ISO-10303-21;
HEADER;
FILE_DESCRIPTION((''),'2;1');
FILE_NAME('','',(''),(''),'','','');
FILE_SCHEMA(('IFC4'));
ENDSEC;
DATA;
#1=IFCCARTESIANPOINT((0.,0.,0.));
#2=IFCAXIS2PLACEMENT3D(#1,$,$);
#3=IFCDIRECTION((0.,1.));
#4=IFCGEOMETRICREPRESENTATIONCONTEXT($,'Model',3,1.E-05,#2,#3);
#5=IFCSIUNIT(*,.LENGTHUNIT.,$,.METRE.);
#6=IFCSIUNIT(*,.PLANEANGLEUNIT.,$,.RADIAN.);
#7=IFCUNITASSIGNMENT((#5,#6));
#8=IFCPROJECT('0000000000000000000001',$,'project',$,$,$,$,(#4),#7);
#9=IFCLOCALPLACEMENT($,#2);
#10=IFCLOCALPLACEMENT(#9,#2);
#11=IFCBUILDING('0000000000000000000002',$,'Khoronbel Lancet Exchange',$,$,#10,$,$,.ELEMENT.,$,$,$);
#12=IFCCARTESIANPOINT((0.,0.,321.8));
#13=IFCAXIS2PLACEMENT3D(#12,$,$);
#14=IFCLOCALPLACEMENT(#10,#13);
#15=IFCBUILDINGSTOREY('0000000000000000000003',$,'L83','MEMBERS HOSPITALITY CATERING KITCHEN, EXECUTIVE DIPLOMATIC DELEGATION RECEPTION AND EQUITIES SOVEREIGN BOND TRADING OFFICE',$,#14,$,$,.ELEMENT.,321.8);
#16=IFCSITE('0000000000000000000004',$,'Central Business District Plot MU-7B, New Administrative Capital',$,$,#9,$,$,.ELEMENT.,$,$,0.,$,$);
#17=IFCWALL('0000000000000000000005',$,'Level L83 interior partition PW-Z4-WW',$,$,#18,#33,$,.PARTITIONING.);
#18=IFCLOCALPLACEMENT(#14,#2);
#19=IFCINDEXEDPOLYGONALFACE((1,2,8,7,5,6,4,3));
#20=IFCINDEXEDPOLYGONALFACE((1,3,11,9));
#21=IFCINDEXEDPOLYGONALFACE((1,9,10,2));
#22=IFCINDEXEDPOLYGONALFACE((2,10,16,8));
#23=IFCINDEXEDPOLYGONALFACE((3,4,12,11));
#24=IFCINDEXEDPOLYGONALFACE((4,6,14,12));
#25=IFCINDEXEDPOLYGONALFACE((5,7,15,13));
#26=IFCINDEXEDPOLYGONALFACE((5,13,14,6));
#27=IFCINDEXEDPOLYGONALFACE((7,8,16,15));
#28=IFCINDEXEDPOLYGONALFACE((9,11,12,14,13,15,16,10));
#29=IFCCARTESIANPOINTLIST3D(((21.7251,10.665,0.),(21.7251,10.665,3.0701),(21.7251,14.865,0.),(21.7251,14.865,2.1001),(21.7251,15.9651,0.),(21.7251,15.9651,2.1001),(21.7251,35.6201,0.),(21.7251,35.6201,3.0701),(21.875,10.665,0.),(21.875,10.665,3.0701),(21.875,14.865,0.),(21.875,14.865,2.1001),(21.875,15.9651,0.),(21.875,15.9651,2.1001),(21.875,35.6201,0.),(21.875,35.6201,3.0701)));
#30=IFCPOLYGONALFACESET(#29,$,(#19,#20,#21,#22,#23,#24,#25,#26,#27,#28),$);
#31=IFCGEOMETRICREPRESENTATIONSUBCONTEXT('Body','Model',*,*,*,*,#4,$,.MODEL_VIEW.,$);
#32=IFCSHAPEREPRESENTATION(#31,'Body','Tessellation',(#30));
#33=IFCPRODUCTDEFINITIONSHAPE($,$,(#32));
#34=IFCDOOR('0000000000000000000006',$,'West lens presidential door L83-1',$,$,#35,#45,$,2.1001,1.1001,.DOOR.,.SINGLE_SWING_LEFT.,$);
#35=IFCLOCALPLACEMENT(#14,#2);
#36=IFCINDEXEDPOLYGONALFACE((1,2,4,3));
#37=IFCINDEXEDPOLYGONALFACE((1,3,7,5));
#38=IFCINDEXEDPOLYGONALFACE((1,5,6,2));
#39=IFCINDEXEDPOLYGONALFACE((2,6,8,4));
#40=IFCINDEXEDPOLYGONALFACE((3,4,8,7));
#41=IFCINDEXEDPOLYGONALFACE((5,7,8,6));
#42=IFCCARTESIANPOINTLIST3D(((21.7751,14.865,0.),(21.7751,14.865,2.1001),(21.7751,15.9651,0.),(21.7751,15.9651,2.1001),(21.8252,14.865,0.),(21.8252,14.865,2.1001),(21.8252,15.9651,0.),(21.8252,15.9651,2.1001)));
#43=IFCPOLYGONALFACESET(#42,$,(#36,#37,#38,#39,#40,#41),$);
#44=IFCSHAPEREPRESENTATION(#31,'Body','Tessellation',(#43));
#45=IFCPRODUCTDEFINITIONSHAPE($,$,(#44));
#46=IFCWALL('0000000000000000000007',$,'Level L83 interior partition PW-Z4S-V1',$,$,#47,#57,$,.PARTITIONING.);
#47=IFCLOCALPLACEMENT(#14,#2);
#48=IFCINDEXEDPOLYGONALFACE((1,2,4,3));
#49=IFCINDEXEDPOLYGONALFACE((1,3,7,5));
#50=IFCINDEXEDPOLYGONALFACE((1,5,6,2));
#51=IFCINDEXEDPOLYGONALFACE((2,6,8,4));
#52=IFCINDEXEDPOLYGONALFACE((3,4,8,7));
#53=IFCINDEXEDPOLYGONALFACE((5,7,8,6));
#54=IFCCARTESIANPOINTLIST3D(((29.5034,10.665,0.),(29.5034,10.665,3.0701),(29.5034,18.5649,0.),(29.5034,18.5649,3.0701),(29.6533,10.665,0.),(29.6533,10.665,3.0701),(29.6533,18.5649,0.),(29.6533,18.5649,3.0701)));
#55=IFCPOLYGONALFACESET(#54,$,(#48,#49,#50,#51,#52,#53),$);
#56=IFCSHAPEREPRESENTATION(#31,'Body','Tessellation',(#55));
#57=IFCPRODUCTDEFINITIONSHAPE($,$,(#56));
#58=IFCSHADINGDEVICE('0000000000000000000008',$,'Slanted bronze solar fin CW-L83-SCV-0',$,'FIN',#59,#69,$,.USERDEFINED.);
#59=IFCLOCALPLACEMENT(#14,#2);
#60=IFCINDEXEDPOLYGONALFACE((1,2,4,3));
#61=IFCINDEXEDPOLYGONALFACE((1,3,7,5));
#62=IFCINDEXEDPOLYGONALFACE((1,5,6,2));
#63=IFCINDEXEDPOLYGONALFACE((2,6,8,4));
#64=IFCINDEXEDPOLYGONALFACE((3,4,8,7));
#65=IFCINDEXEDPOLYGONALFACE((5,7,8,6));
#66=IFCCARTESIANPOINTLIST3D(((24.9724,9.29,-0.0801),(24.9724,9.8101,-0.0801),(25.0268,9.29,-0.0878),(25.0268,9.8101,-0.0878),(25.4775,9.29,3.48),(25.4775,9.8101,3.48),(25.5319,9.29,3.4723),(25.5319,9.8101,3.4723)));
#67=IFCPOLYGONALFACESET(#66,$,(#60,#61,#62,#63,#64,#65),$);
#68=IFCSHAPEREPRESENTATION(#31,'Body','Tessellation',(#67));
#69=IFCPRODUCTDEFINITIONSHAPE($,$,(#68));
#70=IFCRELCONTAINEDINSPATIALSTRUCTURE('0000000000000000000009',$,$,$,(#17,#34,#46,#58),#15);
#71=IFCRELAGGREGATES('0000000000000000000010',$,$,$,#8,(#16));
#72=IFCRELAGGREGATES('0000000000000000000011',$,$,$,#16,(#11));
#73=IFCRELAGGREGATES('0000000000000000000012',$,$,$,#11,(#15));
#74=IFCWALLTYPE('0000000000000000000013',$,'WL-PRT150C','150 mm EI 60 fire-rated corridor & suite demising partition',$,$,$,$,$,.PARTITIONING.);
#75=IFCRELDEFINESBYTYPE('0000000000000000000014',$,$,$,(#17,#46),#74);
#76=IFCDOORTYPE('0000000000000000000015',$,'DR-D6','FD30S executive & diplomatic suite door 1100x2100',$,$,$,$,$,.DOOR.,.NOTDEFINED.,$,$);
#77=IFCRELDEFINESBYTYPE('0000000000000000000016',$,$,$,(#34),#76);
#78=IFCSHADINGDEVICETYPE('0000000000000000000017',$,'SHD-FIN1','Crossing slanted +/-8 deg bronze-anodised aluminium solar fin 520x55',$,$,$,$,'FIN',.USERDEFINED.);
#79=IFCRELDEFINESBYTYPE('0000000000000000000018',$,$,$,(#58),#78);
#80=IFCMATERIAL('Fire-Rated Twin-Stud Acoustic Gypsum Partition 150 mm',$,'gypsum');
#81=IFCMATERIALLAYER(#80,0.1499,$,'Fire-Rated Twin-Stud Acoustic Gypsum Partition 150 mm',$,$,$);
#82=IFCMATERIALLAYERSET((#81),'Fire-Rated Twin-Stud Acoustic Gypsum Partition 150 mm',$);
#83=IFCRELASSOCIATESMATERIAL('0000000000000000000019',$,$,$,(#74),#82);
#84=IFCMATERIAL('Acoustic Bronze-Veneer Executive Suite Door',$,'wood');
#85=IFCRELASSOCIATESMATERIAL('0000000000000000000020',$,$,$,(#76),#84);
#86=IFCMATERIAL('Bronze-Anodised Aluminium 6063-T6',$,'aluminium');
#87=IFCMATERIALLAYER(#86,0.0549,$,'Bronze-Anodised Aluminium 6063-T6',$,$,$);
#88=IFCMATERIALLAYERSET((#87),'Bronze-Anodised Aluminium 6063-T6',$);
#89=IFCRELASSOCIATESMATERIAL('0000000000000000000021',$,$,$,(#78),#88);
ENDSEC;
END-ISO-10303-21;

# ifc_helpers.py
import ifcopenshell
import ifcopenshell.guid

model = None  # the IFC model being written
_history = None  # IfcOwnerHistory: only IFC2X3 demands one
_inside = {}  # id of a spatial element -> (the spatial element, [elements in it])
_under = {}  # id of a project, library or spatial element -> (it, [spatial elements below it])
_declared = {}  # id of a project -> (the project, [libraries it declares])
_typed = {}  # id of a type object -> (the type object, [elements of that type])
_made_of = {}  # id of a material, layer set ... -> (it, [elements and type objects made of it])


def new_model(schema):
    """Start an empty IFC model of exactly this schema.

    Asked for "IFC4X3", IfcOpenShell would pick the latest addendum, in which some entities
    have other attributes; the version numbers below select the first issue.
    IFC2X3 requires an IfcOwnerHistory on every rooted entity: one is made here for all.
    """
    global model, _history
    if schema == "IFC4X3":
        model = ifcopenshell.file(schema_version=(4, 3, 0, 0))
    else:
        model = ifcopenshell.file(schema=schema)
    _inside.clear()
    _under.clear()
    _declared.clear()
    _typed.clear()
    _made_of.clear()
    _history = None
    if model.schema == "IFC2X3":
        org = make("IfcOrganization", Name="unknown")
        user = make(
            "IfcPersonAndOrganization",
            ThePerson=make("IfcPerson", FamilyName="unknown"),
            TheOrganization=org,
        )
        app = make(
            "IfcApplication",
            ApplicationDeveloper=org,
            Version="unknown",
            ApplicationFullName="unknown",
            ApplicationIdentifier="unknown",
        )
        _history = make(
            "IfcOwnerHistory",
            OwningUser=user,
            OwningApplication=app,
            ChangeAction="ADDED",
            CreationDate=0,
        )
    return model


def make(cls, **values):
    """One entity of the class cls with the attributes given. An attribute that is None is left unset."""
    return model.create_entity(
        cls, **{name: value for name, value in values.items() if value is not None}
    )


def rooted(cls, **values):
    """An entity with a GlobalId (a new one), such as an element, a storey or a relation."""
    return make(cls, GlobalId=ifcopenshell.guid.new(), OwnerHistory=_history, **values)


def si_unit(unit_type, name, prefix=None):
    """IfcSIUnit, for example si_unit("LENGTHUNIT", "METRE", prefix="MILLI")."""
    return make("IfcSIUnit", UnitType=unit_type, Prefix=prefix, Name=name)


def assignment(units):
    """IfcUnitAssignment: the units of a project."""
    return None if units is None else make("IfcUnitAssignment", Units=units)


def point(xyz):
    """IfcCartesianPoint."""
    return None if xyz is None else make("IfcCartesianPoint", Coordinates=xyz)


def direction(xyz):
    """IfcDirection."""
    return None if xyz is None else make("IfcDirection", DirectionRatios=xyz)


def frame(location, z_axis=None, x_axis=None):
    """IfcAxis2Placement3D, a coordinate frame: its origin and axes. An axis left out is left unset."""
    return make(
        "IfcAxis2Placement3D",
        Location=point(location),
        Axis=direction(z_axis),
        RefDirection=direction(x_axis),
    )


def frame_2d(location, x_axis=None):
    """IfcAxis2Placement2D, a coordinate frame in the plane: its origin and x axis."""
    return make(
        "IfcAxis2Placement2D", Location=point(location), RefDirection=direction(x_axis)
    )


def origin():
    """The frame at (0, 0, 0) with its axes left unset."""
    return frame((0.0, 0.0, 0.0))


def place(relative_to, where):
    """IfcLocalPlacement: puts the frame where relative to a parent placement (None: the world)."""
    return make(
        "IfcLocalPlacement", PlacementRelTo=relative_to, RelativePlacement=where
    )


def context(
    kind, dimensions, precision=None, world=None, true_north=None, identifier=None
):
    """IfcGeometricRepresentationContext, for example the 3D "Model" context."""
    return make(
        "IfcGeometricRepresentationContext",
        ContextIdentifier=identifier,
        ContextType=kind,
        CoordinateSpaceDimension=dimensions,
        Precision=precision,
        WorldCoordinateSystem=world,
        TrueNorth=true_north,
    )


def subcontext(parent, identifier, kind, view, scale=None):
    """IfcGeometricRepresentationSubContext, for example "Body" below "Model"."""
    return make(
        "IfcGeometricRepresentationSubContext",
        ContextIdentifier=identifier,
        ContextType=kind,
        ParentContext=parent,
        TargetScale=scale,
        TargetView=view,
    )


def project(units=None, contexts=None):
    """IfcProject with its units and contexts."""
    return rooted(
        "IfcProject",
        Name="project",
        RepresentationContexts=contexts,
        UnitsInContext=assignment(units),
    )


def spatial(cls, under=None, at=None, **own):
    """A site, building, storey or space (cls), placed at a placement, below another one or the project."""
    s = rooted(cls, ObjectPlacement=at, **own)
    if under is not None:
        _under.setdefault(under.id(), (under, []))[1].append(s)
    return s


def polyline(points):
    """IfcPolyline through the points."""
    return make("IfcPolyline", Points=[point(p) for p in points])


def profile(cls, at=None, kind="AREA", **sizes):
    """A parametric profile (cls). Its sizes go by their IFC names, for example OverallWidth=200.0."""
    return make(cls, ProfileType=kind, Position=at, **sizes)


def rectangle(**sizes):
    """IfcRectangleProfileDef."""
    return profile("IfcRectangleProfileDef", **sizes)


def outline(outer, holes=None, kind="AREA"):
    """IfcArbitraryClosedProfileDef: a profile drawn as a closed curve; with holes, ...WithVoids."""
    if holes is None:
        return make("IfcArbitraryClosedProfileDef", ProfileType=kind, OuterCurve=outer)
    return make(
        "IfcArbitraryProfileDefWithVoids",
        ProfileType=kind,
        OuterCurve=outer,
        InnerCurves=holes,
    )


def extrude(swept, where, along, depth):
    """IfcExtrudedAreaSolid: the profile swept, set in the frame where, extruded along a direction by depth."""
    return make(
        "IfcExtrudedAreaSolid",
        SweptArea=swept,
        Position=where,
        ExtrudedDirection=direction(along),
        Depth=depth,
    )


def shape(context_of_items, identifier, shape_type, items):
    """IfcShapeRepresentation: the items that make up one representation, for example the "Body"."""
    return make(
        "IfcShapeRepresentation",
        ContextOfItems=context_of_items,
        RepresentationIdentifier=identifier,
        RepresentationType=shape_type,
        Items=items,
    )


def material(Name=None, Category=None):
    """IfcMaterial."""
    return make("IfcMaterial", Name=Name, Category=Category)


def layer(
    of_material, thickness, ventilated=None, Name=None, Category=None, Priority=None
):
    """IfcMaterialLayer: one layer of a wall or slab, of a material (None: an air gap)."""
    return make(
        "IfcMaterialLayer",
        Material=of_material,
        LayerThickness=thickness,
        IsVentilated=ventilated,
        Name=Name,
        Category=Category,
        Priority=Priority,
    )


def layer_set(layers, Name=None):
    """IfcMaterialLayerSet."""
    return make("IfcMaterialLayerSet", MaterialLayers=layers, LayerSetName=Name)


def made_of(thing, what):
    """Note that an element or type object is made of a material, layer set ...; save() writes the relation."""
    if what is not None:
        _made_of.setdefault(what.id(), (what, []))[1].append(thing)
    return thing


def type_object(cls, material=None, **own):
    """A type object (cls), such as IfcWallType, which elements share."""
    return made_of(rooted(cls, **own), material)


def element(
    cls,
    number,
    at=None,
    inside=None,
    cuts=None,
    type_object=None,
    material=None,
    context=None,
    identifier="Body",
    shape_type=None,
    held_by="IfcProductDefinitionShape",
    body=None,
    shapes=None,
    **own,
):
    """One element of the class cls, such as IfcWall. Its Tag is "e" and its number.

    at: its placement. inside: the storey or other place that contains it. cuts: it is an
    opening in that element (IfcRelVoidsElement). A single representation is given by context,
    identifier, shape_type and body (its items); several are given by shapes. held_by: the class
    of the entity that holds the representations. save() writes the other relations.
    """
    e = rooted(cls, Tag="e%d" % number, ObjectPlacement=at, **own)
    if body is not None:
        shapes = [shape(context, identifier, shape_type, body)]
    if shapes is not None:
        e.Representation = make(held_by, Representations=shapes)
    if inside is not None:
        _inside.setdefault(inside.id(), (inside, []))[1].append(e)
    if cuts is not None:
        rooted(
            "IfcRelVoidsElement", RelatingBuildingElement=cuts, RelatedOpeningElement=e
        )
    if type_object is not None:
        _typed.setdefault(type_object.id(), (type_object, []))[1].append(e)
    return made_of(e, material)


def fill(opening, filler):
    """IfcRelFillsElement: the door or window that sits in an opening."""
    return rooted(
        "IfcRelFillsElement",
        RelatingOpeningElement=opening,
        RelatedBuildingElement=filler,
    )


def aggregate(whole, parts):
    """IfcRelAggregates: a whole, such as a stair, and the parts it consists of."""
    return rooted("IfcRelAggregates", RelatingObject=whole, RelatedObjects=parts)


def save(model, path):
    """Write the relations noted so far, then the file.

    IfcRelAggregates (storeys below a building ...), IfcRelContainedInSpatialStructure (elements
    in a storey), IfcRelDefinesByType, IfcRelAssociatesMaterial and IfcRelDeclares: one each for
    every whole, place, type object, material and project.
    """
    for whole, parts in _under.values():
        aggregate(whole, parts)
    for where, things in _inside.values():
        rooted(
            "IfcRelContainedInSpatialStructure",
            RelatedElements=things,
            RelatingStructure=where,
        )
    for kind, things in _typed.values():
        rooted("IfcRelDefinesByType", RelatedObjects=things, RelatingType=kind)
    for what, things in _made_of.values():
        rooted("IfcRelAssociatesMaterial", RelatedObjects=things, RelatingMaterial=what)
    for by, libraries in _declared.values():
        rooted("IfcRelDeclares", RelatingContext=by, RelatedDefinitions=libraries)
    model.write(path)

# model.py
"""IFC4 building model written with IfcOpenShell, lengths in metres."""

from ifc_helpers import new_model, si_unit, direction, frame, frame_2d, origin, place, context, subcontext, project, spatial, polyline, rectangle, outline, extrude, material, layer, layer_set, type_object, element, fill, save


model = new_model("IFC4")

# Units and contexts
model_context = context("Model", 3, precision=1e-05, world=origin(), true_north=direction((0.0, 1.0)))
body_context = subcontext(model_context, "Body", "Model", "MODEL_VIEW")
ifc_project = project(units=[si_unit("LENGTHUNIT", "METRE"), si_unit("PLANEANGLEUNIT", "RADIAN")], contexts=[model_context])

# Site, building, storey
site_placement = place(None, origin())
site = spatial("IfcSite", under=ifc_project, at=site_placement, Name="Central Business District Plot MU-7B, New Administrative Capital", CompositionType="ELEMENT", RefElevation=0.0)
building_placement = place(site_placement, origin())
building = spatial("IfcBuilding", under=site, at=building_placement, Name="Khoronbel Lancet Exchange", CompositionType="ELEMENT")
storey_placement = place(building_placement, frame((0.0, 0.0, 321.8)))
storey = spatial("IfcBuildingStorey", under=building, at=storey_placement, Name="L83", Description="MEMBERS HOSPITALITY CATERING KITCHEN, EXECUTIVE DIPLOMATIC DELEGATION RECEPTION AND EQUITIES SOVEREIGN BOND TRADING OFFICE", CompositionType="ELEMENT", Elevation=321.8)

# Shared definitions
ifc_material_1 = material(Name="Bronze-Anodised Aluminium 6063-T6", Category="aluminium")

# Wall, opening, door
ifc_material_2 = material(Name="Fire-Rated Twin-Stud Acoustic Gypsum Partition 150 mm", Category="gypsum")
ifc_layer_1 = layer(ifc_material_2, 0.1499, Name="Fire-Rated Twin-Stud Acoustic Gypsum Partition 150 mm")
ifc_layer_set_1 = layer_set([ifc_layer_1], Name="Fire-Rated Twin-Stud Acoustic Gypsum Partition 150 mm")
wall_type = type_object("IfcWallType", Name="WL-PRT150C", Description="150 mm EI 60 fire-rated corridor & suite demising partition", PredefinedType="PARTITIONING", material=ifc_layer_set_1)
wall_1_placement = place(storey_placement, frame((21.8, 10.665, 0.0), z_axis=(0.0, 0.0, 1.0), x_axis=(0.0, 1.0, 0.0)))
wall_1 = element("IfcWall", 1, at=wall_1_placement, inside=storey, type_object=wall_type, Name="Level L83 interior partition PW-Z4-WW", PredefinedType="PARTITIONING", context=body_context, shape_type="SweptSolid", body=[
    extrude(rectangle(XDim=24.9551, YDim=0.1499, at=frame_2d((12.4775, 0.0))), origin(), (0.0, 0.0, 1.0), 3.0701),
])
opening_placement = place(wall_1_placement, frame((4.2, 0.0, 0.0)))
opening = element("IfcOpeningElement", 2, at=opening_placement, cuts=wall_1, PredefinedType="OPENING", context=body_context, shape_type="SweptSolid", body=[
    extrude(rectangle(XDim=1.1001, YDim=2.1001, at=frame_2d((0.55, 1.05))), frame((0.0, 0.085, 0.0), z_axis=(0.0, -1.0, 0.0), x_axis=(1.0, 0.0, 0.0)), (0.0, 0.0, 1.0), 0.1699),
])
ifc_material_3 = material(Name="Acoustic Bronze-Veneer Executive Suite Door", Category="wood")
door_type = type_object("IfcDoorType", Name="DR-D6", Description="FD30S executive & diplomatic suite door 1100x2100", OperationType="NOTDEFINED", PredefinedType="DOOR", material=ifc_material_3)
door_placement = place(opening_placement, origin())
door = element("IfcDoor", 3, at=door_placement, inside=storey, type_object=door_type, Name="West lens presidential door L83-1", OperationType="SINGLE_SWING_LEFT", OverallHeight=2.1001, OverallWidth=1.1001, PredefinedType="DOOR", context=body_context, shape_type="SweptSolid", body=[
    extrude(rectangle(XDim=1.1001, YDim=2.1001, at=frame_2d((0.55, 1.05))), frame((0.0, 0.0249, 0.0), z_axis=(0.0, -1.0, 0.0), x_axis=(1.0, 0.0, 0.0)), (0.0, 0.0, 1.0), 0.05),
])
fill(opening, door)

# Wall
wall_2_placement = place(storey_placement, frame((29.5784, 10.665, 0.0), z_axis=(0.0, 0.0, 1.0), x_axis=(0.0, 1.0, 0.0)))
element("IfcWall", 4, at=wall_2_placement, inside=storey, type_object=wall_type, Name="Level L83 interior partition PW-Z4S-V1", PredefinedType="PARTITIONING", context=body_context, shape_type="SweptSolid", body=[
    extrude(rectangle(XDim=7.8999, YDim=0.1499, at=frame_2d((3.95, 0.0))), origin(), (0.0, 0.0, 1.0), 3.0701),
])

# Shading device
ifc_layer_2 = layer(ifc_material_1, 0.0549, Name="Bronze-Anodised Aluminium 6063-T6")
ifc_layer_set_2 = layer_set([ifc_layer_2], Name="Bronze-Anodised Aluminium 6063-T6")
shading_device_type = type_object("IfcShadingDeviceType", Name="SHD-FIN1", Description="Crossing slanted +/-8 deg bronze-anodised aluminium solar fin 520x55", ElementType="FIN", PredefinedType="USERDEFINED", material=ifc_layer_set_2)
shading_device_placement = place(storey_placement, frame((24.9724, 9.8101, -0.0801), z_axis=(-0.990083, 0.0, 0.14048), x_axis=(0.0, -1.0, 0.0)))
element("IfcShadingDevice", 5, at=shading_device_placement, inside=storey, type_object=shading_device_type, Name="Slanted bronze solar fin CW-L83-SCV-0", ObjectType="FIN", PredefinedType="USERDEFINED", context=body_context, shape_type="SweptSolid", body=[
    extrude(outline(polyline([(0.0, 0.0), (0.52, 0.0), (0.52, 3.5957), (0.0, 3.5957), (0.0, 0.0)])), origin(), (0.0, 0.0, -1.0), 0.0549),
])

save(model, "model.ifc")
